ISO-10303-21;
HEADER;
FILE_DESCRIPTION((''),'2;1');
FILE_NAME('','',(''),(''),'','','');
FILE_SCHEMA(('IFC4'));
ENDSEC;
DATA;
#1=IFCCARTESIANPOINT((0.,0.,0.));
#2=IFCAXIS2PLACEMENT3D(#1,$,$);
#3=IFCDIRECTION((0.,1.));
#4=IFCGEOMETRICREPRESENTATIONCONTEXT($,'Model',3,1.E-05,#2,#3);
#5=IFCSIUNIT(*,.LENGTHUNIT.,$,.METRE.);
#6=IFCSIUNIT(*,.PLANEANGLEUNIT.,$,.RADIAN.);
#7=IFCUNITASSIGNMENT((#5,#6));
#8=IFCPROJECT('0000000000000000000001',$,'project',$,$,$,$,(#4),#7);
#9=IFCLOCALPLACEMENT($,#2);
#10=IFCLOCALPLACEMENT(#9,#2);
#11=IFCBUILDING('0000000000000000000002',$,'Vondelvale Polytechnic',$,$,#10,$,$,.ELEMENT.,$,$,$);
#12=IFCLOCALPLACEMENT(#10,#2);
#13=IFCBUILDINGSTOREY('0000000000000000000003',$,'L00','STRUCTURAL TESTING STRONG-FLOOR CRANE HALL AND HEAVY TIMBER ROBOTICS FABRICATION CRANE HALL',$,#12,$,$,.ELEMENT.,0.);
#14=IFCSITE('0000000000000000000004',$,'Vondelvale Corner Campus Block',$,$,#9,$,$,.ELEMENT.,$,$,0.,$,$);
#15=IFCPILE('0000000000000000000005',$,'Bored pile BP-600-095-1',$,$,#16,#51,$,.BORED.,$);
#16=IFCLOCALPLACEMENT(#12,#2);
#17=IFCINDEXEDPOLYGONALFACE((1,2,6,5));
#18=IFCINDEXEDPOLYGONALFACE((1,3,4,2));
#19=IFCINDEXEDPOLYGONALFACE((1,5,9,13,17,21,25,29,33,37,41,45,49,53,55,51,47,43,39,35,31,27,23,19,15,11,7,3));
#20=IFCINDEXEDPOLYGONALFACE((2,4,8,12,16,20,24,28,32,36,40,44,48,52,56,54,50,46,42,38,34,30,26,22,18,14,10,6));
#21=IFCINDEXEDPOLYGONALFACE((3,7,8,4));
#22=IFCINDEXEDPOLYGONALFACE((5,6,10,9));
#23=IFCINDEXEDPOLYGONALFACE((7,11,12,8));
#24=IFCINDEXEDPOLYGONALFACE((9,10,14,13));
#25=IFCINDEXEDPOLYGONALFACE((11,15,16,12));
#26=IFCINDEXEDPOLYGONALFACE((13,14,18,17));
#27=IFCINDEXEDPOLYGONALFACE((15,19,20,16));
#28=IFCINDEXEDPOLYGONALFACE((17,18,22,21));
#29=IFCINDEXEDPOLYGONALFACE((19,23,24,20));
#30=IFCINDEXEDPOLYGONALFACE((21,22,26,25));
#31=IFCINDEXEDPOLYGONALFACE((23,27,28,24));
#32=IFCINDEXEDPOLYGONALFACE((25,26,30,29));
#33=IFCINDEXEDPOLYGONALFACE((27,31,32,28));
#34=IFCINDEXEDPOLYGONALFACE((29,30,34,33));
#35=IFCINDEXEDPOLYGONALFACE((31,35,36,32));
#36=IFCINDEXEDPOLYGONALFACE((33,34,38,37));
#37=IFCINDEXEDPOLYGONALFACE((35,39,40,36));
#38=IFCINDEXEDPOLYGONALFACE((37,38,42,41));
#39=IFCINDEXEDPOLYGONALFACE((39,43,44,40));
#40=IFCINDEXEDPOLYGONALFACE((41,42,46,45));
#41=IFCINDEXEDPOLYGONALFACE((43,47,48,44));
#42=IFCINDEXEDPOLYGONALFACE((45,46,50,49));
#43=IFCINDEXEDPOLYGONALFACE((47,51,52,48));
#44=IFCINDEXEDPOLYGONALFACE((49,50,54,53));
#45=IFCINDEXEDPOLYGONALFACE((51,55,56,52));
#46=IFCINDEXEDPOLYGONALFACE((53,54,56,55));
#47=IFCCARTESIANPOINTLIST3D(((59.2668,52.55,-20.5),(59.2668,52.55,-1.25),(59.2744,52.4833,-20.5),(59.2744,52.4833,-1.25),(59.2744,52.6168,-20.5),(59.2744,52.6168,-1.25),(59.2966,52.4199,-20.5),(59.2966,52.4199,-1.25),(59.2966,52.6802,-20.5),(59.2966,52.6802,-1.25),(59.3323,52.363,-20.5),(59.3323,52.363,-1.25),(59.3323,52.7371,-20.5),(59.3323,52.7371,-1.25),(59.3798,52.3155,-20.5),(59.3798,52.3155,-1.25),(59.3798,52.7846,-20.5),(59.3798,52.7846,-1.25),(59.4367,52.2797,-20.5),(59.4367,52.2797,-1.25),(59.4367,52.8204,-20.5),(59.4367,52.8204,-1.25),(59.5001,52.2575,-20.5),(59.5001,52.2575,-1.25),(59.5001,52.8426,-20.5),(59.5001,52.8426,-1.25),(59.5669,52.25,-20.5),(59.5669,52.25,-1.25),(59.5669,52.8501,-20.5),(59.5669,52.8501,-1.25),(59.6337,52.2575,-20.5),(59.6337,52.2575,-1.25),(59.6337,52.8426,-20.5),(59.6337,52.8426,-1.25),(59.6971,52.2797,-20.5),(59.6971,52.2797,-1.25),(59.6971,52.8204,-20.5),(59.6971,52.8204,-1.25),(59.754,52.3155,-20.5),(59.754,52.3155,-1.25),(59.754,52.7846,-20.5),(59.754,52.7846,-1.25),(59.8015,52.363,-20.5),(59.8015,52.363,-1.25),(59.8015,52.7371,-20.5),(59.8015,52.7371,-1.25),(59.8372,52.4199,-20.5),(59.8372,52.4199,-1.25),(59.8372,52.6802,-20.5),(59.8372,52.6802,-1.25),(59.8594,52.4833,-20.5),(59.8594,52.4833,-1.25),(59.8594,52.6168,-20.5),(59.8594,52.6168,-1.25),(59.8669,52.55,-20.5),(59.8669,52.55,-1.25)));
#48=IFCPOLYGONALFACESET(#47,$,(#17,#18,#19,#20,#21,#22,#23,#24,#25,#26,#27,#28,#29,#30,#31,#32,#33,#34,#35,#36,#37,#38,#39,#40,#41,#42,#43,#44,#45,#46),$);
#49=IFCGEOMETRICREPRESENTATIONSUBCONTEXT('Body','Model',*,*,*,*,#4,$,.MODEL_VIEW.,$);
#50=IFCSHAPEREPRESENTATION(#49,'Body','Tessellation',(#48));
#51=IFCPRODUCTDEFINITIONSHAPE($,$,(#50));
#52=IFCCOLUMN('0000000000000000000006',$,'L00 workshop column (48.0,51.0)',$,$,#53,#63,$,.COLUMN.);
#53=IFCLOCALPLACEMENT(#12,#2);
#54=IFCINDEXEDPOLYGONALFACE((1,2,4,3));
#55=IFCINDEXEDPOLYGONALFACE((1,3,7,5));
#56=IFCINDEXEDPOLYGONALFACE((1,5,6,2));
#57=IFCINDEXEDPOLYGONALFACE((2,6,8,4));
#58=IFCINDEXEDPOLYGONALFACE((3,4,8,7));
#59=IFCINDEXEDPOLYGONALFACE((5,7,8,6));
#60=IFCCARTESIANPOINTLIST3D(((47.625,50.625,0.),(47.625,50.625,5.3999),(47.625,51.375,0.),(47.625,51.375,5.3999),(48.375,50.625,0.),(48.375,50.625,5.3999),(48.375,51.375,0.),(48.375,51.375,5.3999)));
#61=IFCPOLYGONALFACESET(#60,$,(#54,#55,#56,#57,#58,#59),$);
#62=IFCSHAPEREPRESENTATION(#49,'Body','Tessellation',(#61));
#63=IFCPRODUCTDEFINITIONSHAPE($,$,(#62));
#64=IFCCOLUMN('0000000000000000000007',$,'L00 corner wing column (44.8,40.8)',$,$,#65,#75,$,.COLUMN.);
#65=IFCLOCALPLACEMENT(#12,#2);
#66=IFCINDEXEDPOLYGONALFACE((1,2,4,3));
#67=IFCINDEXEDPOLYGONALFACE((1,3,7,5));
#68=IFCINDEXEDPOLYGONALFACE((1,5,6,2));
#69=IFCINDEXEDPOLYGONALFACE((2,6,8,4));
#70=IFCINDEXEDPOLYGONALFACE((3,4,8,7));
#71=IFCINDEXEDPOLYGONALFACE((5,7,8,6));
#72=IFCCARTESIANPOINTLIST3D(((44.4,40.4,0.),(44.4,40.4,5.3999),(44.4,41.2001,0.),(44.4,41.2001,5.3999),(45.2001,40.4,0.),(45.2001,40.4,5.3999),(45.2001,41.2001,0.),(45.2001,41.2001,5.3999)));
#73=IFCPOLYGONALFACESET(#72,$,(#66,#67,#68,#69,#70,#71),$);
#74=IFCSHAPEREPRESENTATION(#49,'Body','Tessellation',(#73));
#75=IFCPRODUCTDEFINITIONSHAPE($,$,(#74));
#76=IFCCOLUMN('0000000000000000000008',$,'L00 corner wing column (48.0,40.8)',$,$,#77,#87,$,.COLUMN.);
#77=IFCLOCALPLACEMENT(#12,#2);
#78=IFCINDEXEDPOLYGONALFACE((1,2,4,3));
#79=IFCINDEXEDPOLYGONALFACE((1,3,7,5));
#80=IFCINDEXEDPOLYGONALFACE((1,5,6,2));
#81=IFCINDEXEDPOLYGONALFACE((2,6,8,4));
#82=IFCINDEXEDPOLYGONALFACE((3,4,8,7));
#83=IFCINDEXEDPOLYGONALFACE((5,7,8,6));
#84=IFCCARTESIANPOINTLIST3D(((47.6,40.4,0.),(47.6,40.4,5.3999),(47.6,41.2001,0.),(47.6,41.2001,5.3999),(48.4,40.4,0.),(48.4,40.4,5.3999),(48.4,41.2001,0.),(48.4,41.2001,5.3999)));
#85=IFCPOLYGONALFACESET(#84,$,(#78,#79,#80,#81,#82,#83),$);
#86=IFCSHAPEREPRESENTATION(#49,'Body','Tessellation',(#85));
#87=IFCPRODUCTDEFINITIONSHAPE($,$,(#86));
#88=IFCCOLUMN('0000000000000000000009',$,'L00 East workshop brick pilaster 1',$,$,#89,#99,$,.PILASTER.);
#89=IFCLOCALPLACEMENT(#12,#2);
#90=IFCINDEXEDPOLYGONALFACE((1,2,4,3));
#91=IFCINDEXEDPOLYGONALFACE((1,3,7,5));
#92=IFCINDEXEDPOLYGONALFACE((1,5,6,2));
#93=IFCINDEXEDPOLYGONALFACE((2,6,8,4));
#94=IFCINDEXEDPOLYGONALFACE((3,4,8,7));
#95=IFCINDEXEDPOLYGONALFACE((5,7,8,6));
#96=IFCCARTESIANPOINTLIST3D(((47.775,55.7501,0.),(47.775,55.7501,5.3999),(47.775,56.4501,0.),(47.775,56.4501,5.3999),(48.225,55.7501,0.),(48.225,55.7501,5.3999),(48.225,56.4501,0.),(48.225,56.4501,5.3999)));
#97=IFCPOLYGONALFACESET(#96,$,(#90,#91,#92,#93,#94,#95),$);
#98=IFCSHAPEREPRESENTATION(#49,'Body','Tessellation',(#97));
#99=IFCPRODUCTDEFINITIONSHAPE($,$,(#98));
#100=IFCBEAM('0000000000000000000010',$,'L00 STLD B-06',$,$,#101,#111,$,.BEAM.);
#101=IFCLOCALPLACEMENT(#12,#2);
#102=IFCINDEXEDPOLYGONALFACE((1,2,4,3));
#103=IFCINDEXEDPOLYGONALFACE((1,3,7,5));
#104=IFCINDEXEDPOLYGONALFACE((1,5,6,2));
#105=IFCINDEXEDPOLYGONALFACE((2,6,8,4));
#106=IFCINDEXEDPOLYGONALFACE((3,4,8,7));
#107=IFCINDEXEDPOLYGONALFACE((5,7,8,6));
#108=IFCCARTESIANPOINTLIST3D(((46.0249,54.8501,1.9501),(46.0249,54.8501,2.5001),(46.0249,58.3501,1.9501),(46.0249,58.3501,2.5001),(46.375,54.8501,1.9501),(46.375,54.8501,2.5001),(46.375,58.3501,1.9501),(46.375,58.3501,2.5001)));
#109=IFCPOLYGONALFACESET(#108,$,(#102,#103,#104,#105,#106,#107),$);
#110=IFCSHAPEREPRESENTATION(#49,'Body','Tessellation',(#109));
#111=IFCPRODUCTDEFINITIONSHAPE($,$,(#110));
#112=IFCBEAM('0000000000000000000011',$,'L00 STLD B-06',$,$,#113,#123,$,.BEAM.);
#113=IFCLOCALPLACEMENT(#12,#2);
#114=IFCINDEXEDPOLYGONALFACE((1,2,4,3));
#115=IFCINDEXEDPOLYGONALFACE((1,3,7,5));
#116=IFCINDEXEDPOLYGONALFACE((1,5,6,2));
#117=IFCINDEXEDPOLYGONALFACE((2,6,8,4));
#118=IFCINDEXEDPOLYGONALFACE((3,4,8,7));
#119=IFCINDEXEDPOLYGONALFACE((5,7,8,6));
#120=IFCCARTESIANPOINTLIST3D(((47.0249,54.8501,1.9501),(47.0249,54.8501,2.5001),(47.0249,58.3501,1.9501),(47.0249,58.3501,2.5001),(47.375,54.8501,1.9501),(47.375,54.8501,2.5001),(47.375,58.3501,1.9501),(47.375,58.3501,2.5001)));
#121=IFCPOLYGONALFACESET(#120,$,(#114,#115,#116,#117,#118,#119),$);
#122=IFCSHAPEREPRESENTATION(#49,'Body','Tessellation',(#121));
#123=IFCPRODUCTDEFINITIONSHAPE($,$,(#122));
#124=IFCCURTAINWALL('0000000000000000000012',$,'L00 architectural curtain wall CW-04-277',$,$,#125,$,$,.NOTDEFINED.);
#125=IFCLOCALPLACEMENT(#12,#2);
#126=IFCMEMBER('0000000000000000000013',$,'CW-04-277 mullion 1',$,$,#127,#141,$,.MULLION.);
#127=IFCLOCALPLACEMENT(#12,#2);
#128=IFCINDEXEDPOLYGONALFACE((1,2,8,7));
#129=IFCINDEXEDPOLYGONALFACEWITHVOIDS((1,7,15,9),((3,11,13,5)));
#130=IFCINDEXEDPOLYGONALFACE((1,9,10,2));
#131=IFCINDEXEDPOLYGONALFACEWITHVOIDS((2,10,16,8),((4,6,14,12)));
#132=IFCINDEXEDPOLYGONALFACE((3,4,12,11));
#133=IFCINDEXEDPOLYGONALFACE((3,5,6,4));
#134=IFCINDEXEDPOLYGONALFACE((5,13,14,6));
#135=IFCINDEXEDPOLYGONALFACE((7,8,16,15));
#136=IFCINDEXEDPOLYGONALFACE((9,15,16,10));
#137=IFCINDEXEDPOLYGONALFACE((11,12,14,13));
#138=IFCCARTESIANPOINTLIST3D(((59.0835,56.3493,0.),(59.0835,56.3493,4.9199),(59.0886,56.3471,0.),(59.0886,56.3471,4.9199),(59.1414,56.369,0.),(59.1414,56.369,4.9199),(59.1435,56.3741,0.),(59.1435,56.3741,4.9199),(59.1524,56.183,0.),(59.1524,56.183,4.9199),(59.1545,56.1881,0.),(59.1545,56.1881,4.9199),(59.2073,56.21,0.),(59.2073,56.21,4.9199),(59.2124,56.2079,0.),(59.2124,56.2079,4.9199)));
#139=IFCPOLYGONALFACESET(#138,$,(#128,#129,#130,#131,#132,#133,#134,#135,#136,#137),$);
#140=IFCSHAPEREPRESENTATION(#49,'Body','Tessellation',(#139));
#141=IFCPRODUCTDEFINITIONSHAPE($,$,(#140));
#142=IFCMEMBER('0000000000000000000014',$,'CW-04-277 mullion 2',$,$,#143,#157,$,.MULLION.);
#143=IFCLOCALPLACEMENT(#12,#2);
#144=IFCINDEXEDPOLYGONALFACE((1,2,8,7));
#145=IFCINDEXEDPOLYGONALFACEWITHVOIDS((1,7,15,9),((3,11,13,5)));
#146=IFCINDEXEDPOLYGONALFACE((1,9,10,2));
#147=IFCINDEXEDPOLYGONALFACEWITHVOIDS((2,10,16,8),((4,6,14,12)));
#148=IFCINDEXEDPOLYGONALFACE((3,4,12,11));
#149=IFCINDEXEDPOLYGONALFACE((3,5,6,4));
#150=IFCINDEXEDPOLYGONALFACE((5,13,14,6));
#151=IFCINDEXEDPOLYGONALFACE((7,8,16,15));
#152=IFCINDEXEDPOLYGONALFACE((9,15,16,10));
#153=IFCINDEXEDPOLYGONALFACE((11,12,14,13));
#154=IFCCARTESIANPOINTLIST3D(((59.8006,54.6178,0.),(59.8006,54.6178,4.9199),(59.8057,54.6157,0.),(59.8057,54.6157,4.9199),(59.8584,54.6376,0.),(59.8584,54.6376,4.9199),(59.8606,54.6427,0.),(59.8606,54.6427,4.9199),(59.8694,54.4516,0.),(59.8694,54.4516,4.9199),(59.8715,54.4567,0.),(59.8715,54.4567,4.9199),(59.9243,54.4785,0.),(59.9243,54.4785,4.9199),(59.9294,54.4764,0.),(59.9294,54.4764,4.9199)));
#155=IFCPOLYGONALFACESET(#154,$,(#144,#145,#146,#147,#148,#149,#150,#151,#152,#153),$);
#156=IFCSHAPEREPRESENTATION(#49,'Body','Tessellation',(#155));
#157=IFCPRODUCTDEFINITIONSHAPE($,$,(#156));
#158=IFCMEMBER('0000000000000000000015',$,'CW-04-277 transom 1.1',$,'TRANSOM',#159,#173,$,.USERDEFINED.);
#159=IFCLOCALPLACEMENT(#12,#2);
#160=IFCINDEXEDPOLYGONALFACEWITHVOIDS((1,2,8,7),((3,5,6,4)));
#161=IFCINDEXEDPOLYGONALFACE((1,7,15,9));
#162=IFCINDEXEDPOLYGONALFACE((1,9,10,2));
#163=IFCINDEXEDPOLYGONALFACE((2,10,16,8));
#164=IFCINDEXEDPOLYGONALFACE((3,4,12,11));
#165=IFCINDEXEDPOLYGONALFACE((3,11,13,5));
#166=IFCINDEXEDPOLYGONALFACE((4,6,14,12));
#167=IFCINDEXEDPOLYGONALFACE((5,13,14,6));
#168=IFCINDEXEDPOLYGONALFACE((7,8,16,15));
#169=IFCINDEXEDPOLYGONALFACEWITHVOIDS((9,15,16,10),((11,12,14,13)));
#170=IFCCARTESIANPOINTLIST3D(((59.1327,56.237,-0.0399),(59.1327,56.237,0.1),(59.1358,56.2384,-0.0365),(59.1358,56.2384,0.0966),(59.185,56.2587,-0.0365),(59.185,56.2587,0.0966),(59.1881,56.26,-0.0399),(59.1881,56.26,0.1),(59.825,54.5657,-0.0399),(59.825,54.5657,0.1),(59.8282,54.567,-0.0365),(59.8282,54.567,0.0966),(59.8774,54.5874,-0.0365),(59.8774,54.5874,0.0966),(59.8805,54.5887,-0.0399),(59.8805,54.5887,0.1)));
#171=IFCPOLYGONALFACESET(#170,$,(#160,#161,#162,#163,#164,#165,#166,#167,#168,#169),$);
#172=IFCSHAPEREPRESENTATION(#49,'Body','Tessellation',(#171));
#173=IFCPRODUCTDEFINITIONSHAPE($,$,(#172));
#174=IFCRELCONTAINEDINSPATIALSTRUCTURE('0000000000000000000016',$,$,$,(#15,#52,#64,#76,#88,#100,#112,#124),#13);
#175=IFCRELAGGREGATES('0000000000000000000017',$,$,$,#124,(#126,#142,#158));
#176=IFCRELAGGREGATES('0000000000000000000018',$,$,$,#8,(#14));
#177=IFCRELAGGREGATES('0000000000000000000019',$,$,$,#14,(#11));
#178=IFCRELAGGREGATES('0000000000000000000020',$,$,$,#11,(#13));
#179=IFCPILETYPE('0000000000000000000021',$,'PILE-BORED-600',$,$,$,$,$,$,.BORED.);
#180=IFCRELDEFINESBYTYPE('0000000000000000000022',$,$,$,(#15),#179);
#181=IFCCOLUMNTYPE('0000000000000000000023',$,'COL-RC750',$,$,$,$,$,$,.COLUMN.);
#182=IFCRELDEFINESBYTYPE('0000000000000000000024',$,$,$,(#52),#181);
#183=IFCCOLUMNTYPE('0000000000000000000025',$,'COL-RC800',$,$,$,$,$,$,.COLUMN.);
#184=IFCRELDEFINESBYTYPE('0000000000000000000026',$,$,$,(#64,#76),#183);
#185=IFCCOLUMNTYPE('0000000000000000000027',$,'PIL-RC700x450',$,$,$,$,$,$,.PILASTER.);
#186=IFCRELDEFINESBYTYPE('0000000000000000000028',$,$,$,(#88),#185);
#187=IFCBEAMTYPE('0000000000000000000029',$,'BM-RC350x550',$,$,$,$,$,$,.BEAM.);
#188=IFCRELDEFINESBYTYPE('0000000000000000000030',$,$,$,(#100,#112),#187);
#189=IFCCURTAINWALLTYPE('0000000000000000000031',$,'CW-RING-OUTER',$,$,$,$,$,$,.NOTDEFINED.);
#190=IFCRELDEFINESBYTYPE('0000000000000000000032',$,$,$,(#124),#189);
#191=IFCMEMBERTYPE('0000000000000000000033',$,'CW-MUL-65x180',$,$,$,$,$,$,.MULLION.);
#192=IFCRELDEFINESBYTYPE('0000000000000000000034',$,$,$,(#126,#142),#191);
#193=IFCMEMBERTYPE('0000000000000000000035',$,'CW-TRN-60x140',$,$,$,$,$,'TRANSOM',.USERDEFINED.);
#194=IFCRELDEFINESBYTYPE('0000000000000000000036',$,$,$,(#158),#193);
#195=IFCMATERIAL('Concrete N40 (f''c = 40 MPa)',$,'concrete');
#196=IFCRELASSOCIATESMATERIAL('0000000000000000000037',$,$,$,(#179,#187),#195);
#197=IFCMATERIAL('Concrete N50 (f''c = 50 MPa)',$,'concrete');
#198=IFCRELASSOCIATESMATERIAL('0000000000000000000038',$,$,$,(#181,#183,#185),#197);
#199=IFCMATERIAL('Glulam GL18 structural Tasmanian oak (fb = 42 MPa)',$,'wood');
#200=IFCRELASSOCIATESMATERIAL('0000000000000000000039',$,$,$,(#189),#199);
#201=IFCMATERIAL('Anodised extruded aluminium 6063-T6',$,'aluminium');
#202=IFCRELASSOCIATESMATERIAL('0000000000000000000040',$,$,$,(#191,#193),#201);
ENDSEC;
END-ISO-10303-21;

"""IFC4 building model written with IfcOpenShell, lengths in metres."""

from ifc_helpers import new_model, si_unit, direction, frame, origin, origin_2d, place, context, subcontext, project, spatial, rectangle, hollow_rectangle, circle, extrude, material, material_profile, profile_set, type_object, element, aggregate, save


model = new_model("IFC4")

# Units and contexts
model_context = context("Model", 3, precision=1e-05, world=origin(), true_north=direction((0.0, 1.0)))
body_context = subcontext(model_context, "Body", "Model", "MODEL_VIEW")
ifc_project = project(units=[si_unit("LENGTHUNIT", "METRE"), si_unit("PLANEANGLEUNIT", "RADIAN")], contexts=[model_context])

# Site, building, storey
site_placement = place(None, origin())
site = spatial("IfcSite", under=ifc_project, at=site_placement, Name="Vondelvale Corner Campus Block", CompositionType="ELEMENT", RefElevation=0.0)
building_placement = place(site_placement, origin())
building = spatial("IfcBuilding", under=site, at=building_placement, Name="Vondelvale Polytechnic", CompositionType="ELEMENT")
storey_placement = place(building_placement, origin())
storey = spatial("IfcBuildingStorey", under=building, at=storey_placement, Name="L00", Description="STRUCTURAL TESTING STRONG-FLOOR CRANE HALL AND HEAVY TIMBER ROBOTICS FABRICATION CRANE HALL", CompositionType="ELEMENT", Elevation=0.0)

# Pile
ifc_material_1 = material(Name="Concrete N40 (f'c = 40 MPa)", Category="concrete")
ifc_material_profile_1 = material_profile(ifc_material_1, circle(Radius=0.3, at=origin_2d()), Name="PILE-D600")
ifc_profile_set_1 = profile_set([ifc_material_profile_1], Name="Concrete N40 (f'c = 40 MPa)")
pile_type = type_object("IfcPileType", Name="PILE-BORED-600", PredefinedType="BORED", material=ifc_profile_set_1)
pile_placement = place(storey_placement, frame((59.5669, 52.55, -1.25), z_axis=(0.0, 0.0, -1.0), x_axis=(1.0, 0.0, 0.0)))
element("IfcPile", 1, at=pile_placement, inside=storey, type_object=pile_type, Name="Bored pile BP-600-095-1", PredefinedType="BORED", context=body_context, shape_type="SweptSolid", body=[
    extrude(circle(Radius=0.3, at=origin_2d()), origin(), (0.0, 0.0, 1.0), 19.25),
])

# Columns
ifc_material_2 = material(Name="Concrete N50 (f'c = 50 MPa)", Category="concrete")
ifc_material_profile_2 = material_profile(ifc_material_2, rectangle(XDim=0.75, YDim=0.75, at=origin_2d()), Name="RC-COL-750x750")
ifc_profile_set_2 = profile_set([ifc_material_profile_2], Name="Concrete N50 (f'c = 50 MPa)")
column_type_1 = type_object("IfcColumnType", Name="COL-RC750", PredefinedType="COLUMN", material=ifc_profile_set_2)
column_1_placement = place(storey_placement, frame((48.0, 51.0, 0.0), z_axis=(0.0, 0.0, 1.0), x_axis=(1.0, 0.0, 0.0)))
element("IfcColumn", 2, at=column_1_placement, inside=storey, type_object=column_type_1, Name="L00 workshop column (48.0,51.0)", PredefinedType="COLUMN", context=body_context, shape_type="SweptSolid", body=[
    extrude(rectangle(XDim=0.75, YDim=0.75, at=origin_2d()), origin(), (0.0, 0.0, 1.0), 5.3999),
])
ifc_material_profile_3 = material_profile(ifc_material_2, rectangle(XDim=0.8, YDim=0.8, at=origin_2d()), Name="RC-COL-800x800")
ifc_profile_set_3 = profile_set([ifc_material_profile_3], Name="Concrete N50 (f'c = 50 MPa)")
column_type_2 = type_object("IfcColumnType", Name="COL-RC800", PredefinedType="COLUMN", material=ifc_profile_set_3)
for number, where, z_axis, x_axis, name in (
    (3, (44.8, 40.8, 0.0), (0.0, 0.0, 1.0), (1.0, 0.0, 0.0), "L00 corner wing column (44.8,40.8)"),
    (4, (48.0, 40.8, 0.0), (0.0, 0.0, 1.0), (1.0, 0.0, 0.0), "L00 corner wing column (48.0,40.8)"),
):
    element("IfcColumn", number, at=place(storey_placement, frame(where, z_axis=z_axis, x_axis=x_axis)), inside=storey, type_object=column_type_2, Name=name, PredefinedType="COLUMN", context=body_context, shape_type="SweptSolid", body=[
        extrude(rectangle(XDim=0.8, YDim=0.8, at=origin_2d()), origin(), (0.0, 0.0, 1.0), 5.3999),
    ])
ifc_material_profile_4 = material_profile(ifc_material_2, rectangle(XDim=0.45, YDim=0.7, at=origin_2d()), Name="RC-PIL-700x450")
ifc_profile_set_4 = profile_set([ifc_material_profile_4], Name="Concrete N50 (f'c = 50 MPa)")
column_type_3 = type_object("IfcColumnType", Name="PIL-RC700x450", PredefinedType="PILASTER", material=ifc_profile_set_4)
column_2_placement = place(storey_placement, frame((48.0, 56.1001, 0.0), z_axis=(0.0, 0.0, 1.0), x_axis=(1.0, 0.0, 0.0)))
element("IfcColumn", 5, at=column_2_placement, inside=storey, type_object=column_type_3, Name="L00 East workshop brick pilaster 1", PredefinedType="PILASTER", context=body_context, shape_type="SweptSolid", body=[
    extrude(rectangle(XDim=0.45, YDim=0.7, at=origin_2d()), origin(), (0.0, 0.0, 1.0), 5.3999),
])

# Beams
ifc_material_profile_5 = material_profile(ifc_material_1, rectangle(XDim=0.3501, YDim=0.55, at=origin_2d()), Name="RC-BM-350x550")
ifc_profile_set_5 = profile_set([ifc_material_profile_5], Name="Concrete N40 (f'c = 40 MPa)")
beam_type_1 = type_object("IfcBeamType", Name="BM-RC350x550", PredefinedType="BEAM", material=ifc_profile_set_5)
for number, where, z_axis, x_axis, name in (
    (6, (46.2, 54.8501, 2.2251), (0.0, 1.0, 0.0), (-1.0, 0.0, 0.0), "L00 STLD B-06"),
    (7, (47.2, 54.8501, 2.2251), (0.0, 1.0, 0.0), (-1.0, 0.0, 0.0), "L00 STLD B-06"),
):
    element("IfcBeam", number, at=place(storey_placement, frame(where, z_axis=z_axis, x_axis=x_axis)), inside=storey, type_object=beam_type_1, Name=name, PredefinedType="BEAM", context=body_context, shape_type="SweptSolid", body=[
        extrude(rectangle(XDim=0.3501, YDim=0.55, at=origin_2d()), origin(), (0.0, 0.0, 1.0), 3.5),
    ])

# Curtain wall, members
ifc_material_3 = material(Name="Glulam GL18 structural Tasmanian oak (fb = 42 MPa)", Category="wood")
curtain_wall_type = type_object("IfcCurtainWallType", Name="CW-RING-OUTER", PredefinedType="NOTDEFINED", material=ifc_material_3)
curtain_wall_placement = place(storey_placement, origin())
curtain_wall = element("IfcCurtainWall", 8, at=curtain_wall_placement, inside=storey, type_object=curtain_wall_type, Name="L00 architectural curtain wall CW-04-277", PredefinedType="NOTDEFINED")
ifc_material_4 = material(Name="Anodised extruded aluminium 6063-T6", Category="aluminium")
ifc_material_profile_6 = material_profile(ifc_material_4, hollow_rectangle(XDim=0.0649, YDim=0.1799, WallThickness=0.0039, at=origin_2d()), Name="CW-MUL-180x65")
ifc_profile_set_6 = profile_set([ifc_material_profile_6], Name="Anodised extruded aluminium 6063-T6")
member_type_1 = type_object("IfcMemberType", Name="CW-MUL-65x180", PredefinedType="MULLION", material=ifc_profile_set_6)
member_1_placement = place(storey_placement, frame((59.1479, 56.2786, 0.0), z_axis=(0.0, 0.0, 1.0), x_axis=(0.923875, 0.382695, 0.0)))
member_1 = element("IfcMember", 9, at=member_1_placement, type_object=member_type_1, Name="CW-04-277 mullion 1", PredefinedType="MULLION", context=body_context, shape_type="SweptSolid", body=[
    extrude(hollow_rectangle(XDim=0.0649, YDim=0.1799, WallThickness=0.0039, at=origin_2d()), origin(), (0.0, 0.0, 1.0), 4.9199),
])
member_2_placement = place(storey_placement, frame((59.865, 54.5471, 0.0), z_axis=(0.0, 0.0, 1.0), x_axis=(0.923875, 0.382695, 0.0)))
member_2 = element("IfcMember", 10, at=member_2_placement, type_object=member_type_1, Name="CW-04-277 mullion 2", PredefinedType="MULLION", context=body_context, shape_type="SweptSolid", body=[
    extrude(hollow_rectangle(XDim=0.0649, YDim=0.1799, WallThickness=0.0039, at=origin_2d()), origin(), (0.0, 0.0, 1.0), 4.9199),
])
ifc_material_profile_7 = material_profile(ifc_material_4, hollow_rectangle(XDim=0.0601, YDim=0.1399, WallThickness=0.0034, at=origin_2d()), Name="CW-TRN-140x60")
ifc_profile_set_7 = profile_set([ifc_material_profile_7], Name="Anodised extruded aluminium 6063-T6")
member_type_2 = type_object("IfcMemberType", Name="CW-TRN-60x140", ElementType="TRANSOM", PredefinedType="USERDEFINED", material=ifc_profile_set_7)
member_3_placement = place(storey_placement, frame((59.1604, 56.2485, 0.03), z_axis=(0.382717, -0.923866, 0.0), x_axis=(0.923866, 0.382717, 0.0)))
member_3 = element("IfcMember", 11, at=member_3_placement, type_object=member_type_2, Name="CW-04-277 transom 1.1", ObjectType="TRANSOM", PredefinedType="USERDEFINED", context=body_context, shape_type="SweptSolid", body=[
    extrude(hollow_rectangle(XDim=0.0601, YDim=0.1399, WallThickness=0.0034, at=origin_2d()), origin(), (0.0, 0.0, 1.0), 1.8091),
])

aggregate(curtain_wall, [member_1, member_2, member_3])

save(model, "model.ifc")
